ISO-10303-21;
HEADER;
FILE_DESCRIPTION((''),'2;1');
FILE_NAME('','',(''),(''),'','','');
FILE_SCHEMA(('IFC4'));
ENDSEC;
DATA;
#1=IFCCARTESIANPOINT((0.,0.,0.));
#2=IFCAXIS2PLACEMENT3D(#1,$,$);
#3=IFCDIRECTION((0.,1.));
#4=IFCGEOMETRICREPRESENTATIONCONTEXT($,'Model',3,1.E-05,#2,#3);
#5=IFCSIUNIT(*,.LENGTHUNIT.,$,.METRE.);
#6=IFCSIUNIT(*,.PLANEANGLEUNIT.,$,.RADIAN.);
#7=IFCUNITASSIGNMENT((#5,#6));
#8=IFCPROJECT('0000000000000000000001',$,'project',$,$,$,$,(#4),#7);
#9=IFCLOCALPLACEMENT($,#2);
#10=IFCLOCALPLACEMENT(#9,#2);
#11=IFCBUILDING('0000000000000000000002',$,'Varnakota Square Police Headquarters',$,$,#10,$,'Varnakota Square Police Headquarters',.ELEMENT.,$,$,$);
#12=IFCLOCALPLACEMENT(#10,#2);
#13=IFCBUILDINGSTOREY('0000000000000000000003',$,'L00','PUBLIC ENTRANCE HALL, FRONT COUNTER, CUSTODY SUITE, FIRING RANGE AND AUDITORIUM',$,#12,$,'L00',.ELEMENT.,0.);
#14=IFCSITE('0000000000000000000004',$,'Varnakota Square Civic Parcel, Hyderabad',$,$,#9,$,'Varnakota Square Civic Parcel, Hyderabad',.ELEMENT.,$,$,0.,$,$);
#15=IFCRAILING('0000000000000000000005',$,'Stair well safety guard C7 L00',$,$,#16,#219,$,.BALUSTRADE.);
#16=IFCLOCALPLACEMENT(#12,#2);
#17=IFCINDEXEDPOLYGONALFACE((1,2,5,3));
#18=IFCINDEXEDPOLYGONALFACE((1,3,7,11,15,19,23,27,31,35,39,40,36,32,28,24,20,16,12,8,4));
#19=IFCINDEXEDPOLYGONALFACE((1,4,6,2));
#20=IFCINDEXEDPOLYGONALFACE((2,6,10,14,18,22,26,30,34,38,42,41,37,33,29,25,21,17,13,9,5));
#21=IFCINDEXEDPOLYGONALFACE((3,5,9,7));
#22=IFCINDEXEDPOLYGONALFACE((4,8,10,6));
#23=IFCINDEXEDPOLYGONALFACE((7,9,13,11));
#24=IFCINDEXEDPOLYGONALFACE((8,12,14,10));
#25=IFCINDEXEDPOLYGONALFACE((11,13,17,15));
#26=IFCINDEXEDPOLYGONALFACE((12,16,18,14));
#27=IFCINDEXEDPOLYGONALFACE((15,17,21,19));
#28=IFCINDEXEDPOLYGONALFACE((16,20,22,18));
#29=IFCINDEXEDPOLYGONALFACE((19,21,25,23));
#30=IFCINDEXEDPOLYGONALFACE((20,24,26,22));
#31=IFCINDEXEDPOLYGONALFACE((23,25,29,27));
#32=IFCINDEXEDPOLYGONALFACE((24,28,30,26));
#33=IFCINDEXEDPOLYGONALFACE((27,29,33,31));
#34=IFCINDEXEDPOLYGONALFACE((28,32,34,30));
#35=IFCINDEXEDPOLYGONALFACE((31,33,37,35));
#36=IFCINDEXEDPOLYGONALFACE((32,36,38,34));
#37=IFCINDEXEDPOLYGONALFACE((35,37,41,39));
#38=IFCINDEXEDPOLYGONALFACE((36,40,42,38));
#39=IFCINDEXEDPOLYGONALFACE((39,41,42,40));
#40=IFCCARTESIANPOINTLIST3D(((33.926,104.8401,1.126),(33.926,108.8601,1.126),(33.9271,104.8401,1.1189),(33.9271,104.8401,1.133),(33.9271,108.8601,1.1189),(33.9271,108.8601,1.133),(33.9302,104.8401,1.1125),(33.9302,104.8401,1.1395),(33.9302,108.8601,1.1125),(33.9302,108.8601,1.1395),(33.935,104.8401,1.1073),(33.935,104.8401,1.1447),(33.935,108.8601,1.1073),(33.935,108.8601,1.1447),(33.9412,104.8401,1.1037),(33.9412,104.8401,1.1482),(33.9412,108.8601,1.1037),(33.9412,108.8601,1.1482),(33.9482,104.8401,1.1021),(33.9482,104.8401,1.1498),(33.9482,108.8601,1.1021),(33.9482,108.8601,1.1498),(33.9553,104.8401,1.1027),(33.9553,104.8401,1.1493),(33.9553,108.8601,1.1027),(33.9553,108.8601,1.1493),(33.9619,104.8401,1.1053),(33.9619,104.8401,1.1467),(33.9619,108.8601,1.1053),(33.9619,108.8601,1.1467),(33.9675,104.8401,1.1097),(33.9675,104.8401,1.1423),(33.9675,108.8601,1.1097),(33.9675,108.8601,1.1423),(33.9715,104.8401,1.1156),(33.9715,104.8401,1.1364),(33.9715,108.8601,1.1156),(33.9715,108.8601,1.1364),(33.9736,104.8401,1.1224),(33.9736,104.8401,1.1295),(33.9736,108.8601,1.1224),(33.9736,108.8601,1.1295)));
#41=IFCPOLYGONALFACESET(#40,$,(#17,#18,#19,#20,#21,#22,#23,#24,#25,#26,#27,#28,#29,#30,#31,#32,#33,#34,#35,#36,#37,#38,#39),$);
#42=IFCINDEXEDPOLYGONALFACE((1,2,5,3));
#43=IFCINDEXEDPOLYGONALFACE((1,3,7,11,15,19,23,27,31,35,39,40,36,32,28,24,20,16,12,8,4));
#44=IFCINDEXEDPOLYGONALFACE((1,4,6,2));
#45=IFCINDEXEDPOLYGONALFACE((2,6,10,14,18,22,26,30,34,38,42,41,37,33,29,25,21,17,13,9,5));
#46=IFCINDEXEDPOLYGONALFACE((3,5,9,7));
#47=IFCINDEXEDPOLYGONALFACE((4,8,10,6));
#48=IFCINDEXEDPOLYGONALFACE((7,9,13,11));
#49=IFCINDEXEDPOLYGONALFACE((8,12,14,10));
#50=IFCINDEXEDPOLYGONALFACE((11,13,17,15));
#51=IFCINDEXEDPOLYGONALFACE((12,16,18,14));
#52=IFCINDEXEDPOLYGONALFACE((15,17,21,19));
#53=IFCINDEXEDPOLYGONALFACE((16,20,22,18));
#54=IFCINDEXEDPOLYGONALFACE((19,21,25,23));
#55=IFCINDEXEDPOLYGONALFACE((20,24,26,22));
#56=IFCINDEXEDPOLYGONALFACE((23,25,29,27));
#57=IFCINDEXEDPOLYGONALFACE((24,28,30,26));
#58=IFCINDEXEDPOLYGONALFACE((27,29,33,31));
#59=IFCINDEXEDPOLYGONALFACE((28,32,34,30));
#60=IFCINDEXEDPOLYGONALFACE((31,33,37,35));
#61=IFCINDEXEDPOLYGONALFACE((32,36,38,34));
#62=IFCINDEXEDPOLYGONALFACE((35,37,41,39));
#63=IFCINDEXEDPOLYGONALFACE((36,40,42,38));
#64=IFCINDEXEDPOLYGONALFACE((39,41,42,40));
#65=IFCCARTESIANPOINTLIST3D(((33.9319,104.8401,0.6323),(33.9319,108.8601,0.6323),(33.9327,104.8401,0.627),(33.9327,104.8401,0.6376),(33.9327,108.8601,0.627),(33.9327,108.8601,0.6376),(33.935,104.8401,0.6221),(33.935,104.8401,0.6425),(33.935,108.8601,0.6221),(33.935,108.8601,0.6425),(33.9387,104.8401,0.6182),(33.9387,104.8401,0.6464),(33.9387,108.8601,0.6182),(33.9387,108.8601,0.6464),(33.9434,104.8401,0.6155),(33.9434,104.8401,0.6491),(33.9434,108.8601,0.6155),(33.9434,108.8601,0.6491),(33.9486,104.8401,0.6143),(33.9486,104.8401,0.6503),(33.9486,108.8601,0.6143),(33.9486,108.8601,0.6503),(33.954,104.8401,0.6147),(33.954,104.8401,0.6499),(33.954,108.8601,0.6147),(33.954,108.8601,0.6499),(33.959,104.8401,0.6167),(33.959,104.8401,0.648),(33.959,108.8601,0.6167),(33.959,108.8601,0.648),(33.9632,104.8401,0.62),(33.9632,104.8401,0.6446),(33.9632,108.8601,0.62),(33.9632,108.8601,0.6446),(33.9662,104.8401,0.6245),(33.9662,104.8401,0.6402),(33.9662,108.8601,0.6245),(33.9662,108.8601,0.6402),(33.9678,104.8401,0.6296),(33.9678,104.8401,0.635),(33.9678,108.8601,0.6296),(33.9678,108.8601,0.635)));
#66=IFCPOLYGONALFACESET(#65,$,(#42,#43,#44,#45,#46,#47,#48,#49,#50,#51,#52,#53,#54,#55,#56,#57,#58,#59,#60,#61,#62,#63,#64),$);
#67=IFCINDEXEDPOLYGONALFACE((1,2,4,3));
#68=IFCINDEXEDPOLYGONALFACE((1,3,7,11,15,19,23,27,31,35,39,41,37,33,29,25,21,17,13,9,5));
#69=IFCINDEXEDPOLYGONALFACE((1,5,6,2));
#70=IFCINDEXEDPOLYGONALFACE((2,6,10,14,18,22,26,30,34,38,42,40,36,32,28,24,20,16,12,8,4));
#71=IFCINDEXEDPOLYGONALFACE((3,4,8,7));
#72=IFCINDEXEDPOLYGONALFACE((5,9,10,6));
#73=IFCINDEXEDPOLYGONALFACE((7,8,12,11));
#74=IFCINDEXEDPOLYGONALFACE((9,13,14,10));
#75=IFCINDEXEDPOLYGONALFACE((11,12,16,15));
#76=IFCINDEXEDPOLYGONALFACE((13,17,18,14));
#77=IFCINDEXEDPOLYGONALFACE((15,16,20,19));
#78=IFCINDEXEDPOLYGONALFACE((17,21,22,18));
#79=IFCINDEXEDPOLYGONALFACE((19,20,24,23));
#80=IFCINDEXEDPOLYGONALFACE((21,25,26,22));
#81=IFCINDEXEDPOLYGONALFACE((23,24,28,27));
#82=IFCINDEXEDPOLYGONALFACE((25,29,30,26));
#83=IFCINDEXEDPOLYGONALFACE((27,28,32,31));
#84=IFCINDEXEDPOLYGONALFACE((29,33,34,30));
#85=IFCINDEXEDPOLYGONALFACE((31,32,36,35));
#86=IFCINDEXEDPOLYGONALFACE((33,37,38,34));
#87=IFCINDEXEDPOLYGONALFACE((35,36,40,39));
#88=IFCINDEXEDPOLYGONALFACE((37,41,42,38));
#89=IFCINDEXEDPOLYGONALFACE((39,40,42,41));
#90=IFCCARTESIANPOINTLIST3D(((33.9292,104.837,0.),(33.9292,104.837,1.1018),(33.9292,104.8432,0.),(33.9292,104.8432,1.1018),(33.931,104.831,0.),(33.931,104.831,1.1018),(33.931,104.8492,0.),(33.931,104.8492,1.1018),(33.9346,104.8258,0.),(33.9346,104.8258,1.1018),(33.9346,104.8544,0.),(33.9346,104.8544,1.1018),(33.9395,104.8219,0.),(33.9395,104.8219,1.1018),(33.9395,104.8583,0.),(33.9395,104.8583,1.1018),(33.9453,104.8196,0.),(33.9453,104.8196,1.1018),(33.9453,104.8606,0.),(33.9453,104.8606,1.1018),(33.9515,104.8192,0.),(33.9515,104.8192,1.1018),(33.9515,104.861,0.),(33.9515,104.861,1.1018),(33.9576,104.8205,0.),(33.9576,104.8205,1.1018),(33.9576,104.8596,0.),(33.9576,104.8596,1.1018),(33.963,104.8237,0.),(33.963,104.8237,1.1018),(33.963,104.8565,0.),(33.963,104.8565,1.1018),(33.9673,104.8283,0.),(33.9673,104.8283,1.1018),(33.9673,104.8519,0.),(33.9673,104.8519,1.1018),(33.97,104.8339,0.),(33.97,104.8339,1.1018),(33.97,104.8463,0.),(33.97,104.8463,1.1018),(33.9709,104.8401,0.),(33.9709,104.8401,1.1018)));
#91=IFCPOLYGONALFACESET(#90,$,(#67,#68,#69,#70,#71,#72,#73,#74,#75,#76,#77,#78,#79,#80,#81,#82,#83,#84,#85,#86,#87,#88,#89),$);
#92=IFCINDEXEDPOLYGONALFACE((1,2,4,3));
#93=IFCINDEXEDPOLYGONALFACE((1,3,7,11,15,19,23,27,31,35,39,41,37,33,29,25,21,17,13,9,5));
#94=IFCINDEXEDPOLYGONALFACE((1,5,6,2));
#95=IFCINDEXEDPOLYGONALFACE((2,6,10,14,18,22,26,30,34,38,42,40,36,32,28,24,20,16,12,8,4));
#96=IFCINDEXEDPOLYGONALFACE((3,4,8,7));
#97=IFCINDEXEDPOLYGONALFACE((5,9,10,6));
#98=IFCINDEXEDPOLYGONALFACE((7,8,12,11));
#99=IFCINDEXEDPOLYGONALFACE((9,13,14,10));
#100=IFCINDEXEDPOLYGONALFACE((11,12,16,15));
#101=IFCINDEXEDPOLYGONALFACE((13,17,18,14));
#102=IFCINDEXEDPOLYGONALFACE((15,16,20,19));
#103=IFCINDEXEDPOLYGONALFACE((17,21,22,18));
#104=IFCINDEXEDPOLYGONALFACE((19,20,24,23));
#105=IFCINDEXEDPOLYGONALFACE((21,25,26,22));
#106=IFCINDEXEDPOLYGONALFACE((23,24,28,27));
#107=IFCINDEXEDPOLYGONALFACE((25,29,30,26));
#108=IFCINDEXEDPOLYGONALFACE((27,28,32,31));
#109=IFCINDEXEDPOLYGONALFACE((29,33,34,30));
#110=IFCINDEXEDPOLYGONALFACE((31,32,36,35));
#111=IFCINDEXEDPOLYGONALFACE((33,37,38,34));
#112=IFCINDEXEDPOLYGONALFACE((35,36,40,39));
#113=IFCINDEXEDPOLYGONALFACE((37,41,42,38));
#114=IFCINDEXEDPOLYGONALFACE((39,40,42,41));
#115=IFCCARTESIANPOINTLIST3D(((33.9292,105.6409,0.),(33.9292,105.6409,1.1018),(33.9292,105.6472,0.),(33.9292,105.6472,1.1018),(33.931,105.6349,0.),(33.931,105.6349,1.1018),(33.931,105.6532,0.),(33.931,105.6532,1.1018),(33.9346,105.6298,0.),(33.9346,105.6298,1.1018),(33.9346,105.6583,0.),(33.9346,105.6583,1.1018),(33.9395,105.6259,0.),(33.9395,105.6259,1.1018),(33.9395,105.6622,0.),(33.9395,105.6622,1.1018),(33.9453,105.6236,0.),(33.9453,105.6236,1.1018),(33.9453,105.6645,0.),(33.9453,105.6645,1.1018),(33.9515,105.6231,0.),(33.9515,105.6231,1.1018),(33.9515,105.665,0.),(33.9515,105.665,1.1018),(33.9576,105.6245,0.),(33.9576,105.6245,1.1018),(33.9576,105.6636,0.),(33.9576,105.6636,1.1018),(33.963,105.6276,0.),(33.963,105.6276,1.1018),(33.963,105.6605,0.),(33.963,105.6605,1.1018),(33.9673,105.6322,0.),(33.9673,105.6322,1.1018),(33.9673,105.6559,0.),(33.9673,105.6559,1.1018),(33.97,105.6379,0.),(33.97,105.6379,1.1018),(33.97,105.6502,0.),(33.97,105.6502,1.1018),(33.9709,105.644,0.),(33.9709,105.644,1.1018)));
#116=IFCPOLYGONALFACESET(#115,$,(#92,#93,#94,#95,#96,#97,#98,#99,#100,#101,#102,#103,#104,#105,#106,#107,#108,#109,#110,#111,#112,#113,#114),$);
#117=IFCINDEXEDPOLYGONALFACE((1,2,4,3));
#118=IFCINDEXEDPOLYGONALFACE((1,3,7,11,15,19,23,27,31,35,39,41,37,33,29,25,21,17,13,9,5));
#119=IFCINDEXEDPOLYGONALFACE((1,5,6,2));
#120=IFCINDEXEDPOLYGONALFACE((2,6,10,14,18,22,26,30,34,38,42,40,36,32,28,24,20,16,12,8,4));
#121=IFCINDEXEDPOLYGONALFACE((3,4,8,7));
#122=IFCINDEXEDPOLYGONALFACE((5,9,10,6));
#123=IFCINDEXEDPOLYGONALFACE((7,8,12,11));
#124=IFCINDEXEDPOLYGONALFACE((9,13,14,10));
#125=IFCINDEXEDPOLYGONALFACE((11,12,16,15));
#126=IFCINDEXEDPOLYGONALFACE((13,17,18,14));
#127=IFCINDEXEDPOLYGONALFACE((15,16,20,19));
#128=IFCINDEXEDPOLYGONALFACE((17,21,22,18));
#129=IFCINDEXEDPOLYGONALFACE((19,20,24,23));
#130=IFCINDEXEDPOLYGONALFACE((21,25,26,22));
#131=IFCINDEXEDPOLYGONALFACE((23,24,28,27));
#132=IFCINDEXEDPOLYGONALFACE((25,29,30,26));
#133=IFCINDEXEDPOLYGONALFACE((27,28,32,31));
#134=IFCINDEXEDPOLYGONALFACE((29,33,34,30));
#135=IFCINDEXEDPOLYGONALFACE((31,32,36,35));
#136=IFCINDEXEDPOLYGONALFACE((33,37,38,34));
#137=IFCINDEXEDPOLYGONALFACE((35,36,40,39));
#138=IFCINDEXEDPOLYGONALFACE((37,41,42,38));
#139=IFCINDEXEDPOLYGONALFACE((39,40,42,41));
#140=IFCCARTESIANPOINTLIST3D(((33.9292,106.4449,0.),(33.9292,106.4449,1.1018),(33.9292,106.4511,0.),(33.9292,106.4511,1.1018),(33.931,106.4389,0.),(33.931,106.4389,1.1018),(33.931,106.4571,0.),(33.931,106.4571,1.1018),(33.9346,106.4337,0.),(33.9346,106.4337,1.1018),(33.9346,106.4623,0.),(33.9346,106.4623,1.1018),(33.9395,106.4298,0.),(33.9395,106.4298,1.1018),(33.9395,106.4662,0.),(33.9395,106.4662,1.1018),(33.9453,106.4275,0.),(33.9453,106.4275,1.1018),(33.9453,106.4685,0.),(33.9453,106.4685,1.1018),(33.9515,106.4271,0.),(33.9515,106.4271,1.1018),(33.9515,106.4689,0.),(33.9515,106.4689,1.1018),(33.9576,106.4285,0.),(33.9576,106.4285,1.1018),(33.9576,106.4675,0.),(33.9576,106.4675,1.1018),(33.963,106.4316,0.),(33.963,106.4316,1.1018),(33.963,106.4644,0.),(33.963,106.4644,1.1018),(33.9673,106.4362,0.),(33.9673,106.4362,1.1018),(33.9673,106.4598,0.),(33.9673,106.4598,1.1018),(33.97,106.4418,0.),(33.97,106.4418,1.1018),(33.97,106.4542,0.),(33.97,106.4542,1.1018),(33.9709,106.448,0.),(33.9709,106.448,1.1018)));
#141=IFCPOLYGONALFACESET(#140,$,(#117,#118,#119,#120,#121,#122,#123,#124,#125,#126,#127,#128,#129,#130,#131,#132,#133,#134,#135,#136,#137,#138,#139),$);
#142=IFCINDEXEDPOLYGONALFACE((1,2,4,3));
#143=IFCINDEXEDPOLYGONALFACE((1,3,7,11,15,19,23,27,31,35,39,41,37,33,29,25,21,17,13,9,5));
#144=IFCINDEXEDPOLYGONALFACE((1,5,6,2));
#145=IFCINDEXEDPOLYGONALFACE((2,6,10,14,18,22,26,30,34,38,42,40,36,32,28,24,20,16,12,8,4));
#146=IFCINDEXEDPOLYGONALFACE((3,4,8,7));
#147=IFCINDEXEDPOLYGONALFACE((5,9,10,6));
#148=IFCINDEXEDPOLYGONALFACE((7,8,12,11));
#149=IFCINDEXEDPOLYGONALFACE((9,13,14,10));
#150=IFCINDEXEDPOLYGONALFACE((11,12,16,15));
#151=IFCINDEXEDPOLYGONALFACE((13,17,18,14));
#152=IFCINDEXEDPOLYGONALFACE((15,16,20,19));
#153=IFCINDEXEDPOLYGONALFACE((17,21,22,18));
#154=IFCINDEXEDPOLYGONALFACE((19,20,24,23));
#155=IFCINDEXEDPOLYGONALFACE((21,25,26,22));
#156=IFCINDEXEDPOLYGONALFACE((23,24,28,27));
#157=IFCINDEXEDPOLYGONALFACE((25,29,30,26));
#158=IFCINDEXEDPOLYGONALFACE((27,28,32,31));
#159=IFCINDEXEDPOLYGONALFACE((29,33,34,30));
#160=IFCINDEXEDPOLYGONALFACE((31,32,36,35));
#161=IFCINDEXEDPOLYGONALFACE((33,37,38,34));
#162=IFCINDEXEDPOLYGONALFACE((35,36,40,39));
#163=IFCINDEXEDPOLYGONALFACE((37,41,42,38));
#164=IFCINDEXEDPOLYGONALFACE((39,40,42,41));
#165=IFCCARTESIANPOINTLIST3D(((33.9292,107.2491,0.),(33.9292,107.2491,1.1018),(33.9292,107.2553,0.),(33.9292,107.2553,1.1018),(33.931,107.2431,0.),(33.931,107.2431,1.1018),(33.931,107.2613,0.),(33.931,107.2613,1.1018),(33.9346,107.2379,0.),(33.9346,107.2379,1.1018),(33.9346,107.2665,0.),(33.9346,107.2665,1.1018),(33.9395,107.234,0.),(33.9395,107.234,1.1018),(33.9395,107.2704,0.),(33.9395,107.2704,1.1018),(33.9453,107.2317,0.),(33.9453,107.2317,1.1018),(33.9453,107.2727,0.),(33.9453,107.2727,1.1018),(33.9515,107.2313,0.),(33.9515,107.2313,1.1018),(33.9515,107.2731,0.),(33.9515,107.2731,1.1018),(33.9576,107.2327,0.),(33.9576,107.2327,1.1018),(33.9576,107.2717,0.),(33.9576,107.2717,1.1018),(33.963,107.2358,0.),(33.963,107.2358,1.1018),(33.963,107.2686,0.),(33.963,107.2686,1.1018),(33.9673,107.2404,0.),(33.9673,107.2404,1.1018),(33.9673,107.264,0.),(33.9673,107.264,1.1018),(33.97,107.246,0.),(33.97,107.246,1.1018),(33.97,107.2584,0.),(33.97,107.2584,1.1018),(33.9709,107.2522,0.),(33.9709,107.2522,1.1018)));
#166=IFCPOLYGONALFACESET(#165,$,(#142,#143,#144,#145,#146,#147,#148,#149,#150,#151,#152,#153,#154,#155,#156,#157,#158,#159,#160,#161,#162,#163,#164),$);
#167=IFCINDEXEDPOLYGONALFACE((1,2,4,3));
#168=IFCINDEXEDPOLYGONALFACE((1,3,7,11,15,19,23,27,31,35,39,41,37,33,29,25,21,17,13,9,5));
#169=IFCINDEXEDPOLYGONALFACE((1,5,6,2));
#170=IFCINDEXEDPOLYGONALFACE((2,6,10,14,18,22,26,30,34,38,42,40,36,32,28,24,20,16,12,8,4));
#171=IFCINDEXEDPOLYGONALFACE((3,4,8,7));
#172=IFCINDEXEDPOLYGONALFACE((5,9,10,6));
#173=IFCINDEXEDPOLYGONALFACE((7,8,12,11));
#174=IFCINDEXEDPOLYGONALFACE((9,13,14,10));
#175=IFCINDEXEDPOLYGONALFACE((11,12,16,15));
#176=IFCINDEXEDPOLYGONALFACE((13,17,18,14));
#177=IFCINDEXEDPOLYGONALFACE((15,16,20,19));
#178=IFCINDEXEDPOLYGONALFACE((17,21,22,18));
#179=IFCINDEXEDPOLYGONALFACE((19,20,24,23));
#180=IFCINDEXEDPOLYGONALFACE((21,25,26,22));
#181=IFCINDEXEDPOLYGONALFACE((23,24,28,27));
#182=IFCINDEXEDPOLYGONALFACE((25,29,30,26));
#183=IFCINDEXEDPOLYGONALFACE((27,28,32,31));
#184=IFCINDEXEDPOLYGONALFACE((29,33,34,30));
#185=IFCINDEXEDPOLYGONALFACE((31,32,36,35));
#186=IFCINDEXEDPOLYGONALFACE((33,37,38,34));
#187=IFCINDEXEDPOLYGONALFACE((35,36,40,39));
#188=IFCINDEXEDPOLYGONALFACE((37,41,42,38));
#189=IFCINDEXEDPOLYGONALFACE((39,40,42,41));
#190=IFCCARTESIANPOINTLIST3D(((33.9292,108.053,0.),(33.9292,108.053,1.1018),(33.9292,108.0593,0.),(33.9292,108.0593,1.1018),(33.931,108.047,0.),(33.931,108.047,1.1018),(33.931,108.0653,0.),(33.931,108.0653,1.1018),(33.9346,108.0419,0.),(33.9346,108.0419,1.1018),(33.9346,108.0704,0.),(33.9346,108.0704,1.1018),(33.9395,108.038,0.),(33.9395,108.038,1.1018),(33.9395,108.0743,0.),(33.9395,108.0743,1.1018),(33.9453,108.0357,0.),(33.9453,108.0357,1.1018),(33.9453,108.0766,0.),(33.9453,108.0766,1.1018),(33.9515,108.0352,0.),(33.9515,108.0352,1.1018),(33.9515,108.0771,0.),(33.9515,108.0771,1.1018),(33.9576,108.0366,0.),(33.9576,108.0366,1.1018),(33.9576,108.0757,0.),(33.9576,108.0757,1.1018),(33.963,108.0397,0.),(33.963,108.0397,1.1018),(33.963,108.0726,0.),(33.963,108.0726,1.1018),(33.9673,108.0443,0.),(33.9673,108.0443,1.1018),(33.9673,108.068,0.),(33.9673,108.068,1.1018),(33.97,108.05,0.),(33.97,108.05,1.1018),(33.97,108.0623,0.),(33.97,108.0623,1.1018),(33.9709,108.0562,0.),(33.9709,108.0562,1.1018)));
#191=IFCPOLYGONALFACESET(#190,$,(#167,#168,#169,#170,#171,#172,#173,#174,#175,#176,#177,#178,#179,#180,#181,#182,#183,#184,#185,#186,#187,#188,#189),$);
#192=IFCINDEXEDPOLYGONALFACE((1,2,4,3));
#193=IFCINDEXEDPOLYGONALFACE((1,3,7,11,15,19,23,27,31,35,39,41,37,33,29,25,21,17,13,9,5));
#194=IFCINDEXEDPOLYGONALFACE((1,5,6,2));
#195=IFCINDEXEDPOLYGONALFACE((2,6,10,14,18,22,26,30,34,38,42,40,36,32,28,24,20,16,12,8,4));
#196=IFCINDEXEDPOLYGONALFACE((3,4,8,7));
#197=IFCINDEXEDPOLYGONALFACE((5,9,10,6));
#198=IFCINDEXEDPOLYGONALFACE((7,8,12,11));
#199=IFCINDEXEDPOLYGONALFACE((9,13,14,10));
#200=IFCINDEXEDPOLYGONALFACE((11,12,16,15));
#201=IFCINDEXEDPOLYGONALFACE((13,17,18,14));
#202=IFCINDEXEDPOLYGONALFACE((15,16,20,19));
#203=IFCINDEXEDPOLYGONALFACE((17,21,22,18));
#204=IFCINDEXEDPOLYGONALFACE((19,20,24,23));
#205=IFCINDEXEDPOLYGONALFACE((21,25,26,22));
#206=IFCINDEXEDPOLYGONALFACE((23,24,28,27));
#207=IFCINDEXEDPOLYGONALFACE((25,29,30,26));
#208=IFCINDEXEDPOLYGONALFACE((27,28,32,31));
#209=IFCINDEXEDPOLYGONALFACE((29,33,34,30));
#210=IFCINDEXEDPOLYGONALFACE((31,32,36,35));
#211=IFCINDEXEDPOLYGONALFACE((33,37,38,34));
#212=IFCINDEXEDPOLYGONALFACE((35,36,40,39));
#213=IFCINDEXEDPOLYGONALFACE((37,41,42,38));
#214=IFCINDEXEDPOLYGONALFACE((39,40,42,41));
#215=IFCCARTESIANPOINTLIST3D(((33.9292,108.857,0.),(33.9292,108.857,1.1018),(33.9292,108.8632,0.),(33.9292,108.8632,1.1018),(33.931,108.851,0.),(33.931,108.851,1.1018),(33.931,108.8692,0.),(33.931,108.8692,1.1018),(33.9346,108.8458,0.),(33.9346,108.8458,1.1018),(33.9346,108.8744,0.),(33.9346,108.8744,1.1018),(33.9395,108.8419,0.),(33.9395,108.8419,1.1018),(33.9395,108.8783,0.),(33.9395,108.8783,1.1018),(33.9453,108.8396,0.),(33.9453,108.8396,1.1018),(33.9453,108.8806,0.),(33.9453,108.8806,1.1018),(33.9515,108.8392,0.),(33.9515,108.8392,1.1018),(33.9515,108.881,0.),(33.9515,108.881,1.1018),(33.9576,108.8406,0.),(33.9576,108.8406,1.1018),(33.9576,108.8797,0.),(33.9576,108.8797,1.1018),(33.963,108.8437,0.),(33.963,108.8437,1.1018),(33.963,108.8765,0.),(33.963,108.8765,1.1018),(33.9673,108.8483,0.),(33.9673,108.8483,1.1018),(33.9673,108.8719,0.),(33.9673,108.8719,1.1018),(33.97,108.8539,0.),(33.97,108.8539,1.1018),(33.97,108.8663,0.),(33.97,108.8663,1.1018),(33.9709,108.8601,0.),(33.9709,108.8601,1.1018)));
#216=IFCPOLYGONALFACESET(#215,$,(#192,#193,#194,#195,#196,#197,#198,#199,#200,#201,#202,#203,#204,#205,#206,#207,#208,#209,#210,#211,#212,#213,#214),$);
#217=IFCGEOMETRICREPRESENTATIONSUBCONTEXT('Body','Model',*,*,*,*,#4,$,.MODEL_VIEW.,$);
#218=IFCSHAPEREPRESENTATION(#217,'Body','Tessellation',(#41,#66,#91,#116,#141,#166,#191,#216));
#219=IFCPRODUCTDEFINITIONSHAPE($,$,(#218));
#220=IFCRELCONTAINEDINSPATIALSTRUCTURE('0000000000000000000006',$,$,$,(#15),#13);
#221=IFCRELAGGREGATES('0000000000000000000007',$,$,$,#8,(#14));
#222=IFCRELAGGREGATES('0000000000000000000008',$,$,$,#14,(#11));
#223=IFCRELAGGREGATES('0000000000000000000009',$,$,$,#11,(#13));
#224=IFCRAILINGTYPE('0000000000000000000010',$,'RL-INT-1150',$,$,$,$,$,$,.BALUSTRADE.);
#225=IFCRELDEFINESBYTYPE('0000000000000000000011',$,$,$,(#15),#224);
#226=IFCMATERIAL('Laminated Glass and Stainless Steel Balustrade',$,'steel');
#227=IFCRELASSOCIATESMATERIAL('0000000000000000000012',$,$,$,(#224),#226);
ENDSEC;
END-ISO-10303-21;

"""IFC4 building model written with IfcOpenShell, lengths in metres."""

from ifc_helpers import new_model, si_unit, direction, frame, origin, origin_2d, place, context, subcontext, project, spatial, circle, extrude, material, type_object, element, save


model = new_model("IFC4")

# Units and contexts
model_context = context("Model", 3, precision=1e-05, world=origin(), true_north=direction((0.0, 1.0)))
body_context = subcontext(model_context, "Body", "Model", "MODEL_VIEW")
ifc_project = project(units=[si_unit("LENGTHUNIT", "METRE"), si_unit("PLANEANGLEUNIT", "RADIAN")], contexts=[model_context])

# Site, building, storey
site_placement = place(None, origin())
site = spatial("IfcSite", under=ifc_project, at=site_placement, Name="Varnakota Square Civic Parcel, Hyderabad", LongName="Varnakota Square Civic Parcel, Hyderabad", CompositionType="ELEMENT", RefElevation=0.0)
building_placement = place(site_placement, origin())
building = spatial("IfcBuilding", under=site, at=building_placement, Name="Varnakota Square Police Headquarters", LongName="Varnakota Square Police Headquarters", CompositionType="ELEMENT")
storey_placement = place(building_placement, origin())
storey = spatial("IfcBuildingStorey", under=building, at=storey_placement, Name="L00", Description="PUBLIC ENTRANCE HALL, FRONT COUNTER, CUSTODY SUITE, FIRING RANGE AND AUDITORIUM", LongName="L00", CompositionType="ELEMENT", Elevation=0.0)

# Railing
ifc_material_1 = material(Name="Laminated Glass and Stainless Steel Balustrade", Category="steel")
railing_type_1 = type_object("IfcRailingType", Name="RL-INT-1150", PredefinedType="BALUSTRADE", material=ifc_material_1)
railing_1_placement = place(storey_placement, frame((33.95, 104.8401, 0.0)))
element("IfcRailing", 1, at=railing_1_placement, inside=storey, type_object=railing_type_1, Name="Stair well safety guard C7 L00", PredefinedType="BALUSTRADE", context=body_context, shape_type="SweptSolid", body=[
    extrude(circle(Radius=0.0239, at=origin_2d()), frame((0.0, 0.0, 1.126), z_axis=(0.0, 1.0, 0.0), x_axis=(-1.0, 0.0, 0.0)), (0.0, 0.0, 1.0), 4.02),
    extrude(circle(Radius=0.0181, at=origin_2d()), frame((0.0, 0.0, 0.6323), z_axis=(0.0, 1.0, 0.0), x_axis=(-1.0, 0.0, 0.0)), (0.0, 0.0, 1.0), 4.02),
    extrude(circle(Radius=0.021, at=origin_2d()), origin(), (0.0, 0.0, 1.0), 1.1018),
    extrude(circle(Radius=0.021, at=origin_2d()), frame((0.0, 0.804, 0.0)), (0.0, 0.0, 1.0), 1.1018),
    extrude(circle(Radius=0.021, at=origin_2d()), frame((0.0, 1.6079, 0.0)), (0.0, 0.0, 1.0), 1.1018),
    extrude(circle(Radius=0.021, at=origin_2d()), frame((0.0, 2.4121, 0.0)), (0.0, 0.0, 1.0), 1.1018),
    extrude(circle(Radius=0.021, at=origin_2d()), frame((0.0, 3.2161, 0.0)), (0.0, 0.0, 1.0), 1.1018),
    extrude(circle(Radius=0.021, at=origin_2d()), frame((0.0, 4.02, 0.0)), (0.0, 0.0, 1.0), 1.1018),
])

save(model, "model.ifc")
